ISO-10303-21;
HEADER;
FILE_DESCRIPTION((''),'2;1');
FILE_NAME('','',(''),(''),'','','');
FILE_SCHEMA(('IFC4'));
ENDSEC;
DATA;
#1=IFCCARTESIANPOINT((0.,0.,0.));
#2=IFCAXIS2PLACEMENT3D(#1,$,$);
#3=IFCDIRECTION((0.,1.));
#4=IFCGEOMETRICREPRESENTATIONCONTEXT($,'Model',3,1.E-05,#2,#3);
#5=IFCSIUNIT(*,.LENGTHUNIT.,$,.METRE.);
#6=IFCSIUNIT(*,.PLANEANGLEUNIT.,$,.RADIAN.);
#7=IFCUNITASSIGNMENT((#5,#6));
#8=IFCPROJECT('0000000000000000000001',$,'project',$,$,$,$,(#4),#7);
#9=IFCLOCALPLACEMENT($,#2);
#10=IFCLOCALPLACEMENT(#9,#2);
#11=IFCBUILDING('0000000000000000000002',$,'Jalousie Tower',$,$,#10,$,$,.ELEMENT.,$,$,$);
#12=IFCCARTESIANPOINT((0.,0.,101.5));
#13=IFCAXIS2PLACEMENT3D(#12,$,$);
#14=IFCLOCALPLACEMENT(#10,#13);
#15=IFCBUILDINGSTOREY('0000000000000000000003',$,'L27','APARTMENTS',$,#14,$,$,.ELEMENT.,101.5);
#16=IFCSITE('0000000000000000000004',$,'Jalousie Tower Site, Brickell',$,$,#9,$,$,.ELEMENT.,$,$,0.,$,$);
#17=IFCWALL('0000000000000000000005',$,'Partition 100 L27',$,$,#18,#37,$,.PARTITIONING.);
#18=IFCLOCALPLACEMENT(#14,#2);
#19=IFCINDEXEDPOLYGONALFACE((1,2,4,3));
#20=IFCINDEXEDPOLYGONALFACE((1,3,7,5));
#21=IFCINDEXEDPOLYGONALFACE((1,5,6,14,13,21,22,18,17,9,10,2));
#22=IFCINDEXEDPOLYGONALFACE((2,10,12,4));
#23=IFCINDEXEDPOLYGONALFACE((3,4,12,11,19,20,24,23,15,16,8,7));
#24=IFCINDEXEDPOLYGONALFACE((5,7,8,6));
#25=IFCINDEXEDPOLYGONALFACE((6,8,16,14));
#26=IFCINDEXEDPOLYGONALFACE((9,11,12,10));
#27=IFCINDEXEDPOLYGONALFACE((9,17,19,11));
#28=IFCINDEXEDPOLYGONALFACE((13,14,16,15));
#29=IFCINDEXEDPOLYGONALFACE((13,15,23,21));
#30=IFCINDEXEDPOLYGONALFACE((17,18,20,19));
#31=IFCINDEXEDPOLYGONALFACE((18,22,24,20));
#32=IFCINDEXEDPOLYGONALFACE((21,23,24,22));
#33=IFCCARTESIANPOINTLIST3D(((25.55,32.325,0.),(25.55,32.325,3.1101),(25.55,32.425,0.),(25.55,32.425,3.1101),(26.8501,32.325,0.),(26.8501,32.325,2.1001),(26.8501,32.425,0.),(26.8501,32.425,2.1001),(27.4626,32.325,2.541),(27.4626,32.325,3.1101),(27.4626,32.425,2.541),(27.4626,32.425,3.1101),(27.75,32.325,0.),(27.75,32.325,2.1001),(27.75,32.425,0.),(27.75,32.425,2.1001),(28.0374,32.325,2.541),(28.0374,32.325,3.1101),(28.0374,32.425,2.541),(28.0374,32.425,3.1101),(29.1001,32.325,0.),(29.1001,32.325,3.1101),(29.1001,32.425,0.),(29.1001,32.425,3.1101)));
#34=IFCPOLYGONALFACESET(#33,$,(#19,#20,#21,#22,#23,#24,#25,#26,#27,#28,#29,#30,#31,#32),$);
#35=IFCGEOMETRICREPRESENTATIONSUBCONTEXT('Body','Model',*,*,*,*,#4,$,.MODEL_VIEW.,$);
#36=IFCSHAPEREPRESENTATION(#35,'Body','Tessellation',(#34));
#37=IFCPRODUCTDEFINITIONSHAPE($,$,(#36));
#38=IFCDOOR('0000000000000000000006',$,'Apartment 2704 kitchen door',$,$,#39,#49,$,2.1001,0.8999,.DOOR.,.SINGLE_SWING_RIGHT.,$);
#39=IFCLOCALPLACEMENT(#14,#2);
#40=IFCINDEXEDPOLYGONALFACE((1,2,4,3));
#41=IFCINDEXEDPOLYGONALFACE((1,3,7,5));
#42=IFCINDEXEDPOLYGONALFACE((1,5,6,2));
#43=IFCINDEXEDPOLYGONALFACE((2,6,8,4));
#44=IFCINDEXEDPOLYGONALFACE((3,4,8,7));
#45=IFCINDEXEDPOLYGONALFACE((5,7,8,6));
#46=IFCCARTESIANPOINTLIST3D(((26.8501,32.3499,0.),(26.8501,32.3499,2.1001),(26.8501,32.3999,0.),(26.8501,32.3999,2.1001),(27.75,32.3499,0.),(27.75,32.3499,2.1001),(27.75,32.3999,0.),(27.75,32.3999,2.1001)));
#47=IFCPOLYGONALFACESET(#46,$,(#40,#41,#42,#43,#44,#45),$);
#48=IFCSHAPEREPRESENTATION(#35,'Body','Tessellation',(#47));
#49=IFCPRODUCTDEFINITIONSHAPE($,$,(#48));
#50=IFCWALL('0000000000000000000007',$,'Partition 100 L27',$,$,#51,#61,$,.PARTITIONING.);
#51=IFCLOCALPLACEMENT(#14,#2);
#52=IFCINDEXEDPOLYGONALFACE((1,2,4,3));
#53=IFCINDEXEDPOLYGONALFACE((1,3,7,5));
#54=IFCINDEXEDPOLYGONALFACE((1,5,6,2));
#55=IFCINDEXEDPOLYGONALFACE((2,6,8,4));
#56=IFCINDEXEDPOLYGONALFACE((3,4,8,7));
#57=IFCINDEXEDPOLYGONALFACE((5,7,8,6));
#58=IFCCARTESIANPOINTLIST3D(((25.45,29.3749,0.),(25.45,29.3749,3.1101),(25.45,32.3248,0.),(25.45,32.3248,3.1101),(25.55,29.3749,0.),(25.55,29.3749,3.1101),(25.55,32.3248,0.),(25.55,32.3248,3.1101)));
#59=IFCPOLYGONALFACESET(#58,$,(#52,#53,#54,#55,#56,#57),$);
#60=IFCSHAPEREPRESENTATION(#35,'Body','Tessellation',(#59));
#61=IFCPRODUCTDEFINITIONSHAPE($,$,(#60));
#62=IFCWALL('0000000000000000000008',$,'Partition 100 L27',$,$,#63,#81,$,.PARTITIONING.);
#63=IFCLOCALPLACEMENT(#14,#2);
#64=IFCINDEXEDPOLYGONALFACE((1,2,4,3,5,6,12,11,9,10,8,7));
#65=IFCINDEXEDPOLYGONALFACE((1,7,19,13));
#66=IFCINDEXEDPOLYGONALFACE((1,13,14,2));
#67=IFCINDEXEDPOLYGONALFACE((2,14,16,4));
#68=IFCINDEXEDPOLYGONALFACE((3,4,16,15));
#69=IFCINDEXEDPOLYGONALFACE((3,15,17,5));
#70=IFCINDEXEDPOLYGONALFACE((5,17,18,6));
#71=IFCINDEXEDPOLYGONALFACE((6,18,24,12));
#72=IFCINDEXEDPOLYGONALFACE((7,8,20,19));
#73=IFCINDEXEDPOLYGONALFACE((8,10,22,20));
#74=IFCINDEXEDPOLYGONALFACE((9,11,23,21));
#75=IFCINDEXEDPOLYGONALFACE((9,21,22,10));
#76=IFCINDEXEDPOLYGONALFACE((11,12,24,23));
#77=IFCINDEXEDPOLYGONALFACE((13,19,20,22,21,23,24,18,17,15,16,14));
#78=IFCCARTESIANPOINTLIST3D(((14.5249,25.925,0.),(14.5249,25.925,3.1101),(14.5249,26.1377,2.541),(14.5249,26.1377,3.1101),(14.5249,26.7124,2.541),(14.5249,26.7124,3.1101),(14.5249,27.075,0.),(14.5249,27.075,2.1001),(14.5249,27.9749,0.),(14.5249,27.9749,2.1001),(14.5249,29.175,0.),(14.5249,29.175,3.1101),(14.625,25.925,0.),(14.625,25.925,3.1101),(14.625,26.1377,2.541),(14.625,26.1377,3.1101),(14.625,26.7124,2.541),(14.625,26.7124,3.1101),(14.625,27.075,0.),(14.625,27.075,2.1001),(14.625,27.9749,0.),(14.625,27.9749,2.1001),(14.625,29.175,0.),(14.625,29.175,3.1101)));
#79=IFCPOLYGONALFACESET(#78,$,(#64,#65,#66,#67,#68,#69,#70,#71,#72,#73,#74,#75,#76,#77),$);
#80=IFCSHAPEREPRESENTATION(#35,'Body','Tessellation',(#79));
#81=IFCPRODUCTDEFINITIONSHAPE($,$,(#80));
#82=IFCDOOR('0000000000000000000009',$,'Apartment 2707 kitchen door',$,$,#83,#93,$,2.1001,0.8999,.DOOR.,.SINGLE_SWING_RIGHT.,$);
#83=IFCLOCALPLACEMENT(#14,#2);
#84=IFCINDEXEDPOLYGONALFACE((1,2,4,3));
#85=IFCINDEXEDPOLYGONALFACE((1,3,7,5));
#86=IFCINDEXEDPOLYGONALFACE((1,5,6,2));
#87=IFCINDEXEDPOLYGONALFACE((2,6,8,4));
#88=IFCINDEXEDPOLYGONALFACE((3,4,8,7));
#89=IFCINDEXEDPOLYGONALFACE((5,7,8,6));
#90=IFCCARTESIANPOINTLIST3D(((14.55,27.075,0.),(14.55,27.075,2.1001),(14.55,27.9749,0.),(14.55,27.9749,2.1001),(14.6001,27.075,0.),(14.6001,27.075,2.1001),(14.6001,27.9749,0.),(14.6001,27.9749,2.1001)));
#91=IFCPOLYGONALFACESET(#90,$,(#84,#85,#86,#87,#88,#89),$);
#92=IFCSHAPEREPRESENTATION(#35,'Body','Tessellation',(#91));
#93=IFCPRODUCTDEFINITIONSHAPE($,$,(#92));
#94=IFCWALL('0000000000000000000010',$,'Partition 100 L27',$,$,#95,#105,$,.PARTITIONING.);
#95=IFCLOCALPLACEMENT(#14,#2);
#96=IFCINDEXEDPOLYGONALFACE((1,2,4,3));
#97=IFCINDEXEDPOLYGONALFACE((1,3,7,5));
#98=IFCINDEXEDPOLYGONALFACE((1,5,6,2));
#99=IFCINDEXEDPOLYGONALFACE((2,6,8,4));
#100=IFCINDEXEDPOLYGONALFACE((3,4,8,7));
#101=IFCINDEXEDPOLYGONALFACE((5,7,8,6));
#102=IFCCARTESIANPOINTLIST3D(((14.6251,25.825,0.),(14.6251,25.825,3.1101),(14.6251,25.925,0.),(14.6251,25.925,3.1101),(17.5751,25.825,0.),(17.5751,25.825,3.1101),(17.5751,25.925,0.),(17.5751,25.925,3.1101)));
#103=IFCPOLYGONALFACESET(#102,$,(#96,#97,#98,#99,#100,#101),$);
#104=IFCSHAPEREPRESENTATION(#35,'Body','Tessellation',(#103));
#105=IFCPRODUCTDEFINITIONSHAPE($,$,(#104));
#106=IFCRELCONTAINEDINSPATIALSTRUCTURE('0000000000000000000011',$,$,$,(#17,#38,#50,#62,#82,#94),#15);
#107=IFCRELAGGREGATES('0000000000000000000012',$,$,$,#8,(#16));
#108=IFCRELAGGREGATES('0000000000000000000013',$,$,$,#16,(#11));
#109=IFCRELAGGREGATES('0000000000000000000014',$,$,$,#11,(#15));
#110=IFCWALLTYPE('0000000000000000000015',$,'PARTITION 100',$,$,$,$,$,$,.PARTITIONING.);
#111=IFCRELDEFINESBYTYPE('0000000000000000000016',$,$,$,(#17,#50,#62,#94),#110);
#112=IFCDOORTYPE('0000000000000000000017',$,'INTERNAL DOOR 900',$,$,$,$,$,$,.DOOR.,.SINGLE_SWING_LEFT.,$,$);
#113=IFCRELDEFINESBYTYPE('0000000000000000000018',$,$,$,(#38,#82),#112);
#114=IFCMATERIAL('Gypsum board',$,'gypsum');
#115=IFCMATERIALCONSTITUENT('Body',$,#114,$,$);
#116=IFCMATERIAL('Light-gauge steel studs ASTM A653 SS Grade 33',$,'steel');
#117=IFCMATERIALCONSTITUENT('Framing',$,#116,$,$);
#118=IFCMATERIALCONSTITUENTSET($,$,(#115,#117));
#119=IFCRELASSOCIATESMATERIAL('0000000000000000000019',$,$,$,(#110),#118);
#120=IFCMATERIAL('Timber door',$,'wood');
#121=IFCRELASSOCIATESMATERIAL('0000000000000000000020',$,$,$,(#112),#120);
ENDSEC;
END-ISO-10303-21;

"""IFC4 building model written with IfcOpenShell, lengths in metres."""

from ifc_helpers import new_model, si_unit, direction, frame, frame_2d, origin, place, context, subcontext, project, spatial, polyline, rectangle, outline, extrude, material, constituent, constituent_set, type_object, element, fill, save


model = new_model("IFC4")

# Units and contexts
model_context = context("Model", 3, precision=1e-05, world=origin(), true_north=direction((0.0, 1.0)))
body_context = subcontext(model_context, "Body", "Model", "MODEL_VIEW")
ifc_project = project(units=[si_unit("LENGTHUNIT", "METRE"), si_unit("PLANEANGLEUNIT", "RADIAN")], contexts=[model_context])

# Site, building, storey
site_placement = place(None, origin())
site = spatial("IfcSite", under=ifc_project, at=site_placement, Name="Jalousie Tower Site, Brickell", CompositionType="ELEMENT", RefElevation=0.0)
building_placement = place(site_placement, origin())
building = spatial("IfcBuilding", under=site, at=building_placement, Name="Jalousie Tower", CompositionType="ELEMENT")
storey_placement = place(building_placement, frame((0.0, 0.0, 101.5)))
storey = spatial("IfcBuildingStorey", under=building, at=storey_placement, Name="L27", Description="APARTMENTS", CompositionType="ELEMENT", Elevation=101.5)

# Wall, opening, door
ifc_material_1 = material(Name="Gypsum board", Category="gypsum")
ifc_constituent_1 = constituent(ifc_material_1, Name="Body")
ifc_material_2 = material(Name="Light-gauge steel studs ASTM A653 SS Grade 33", Category="steel")
ifc_constituent_2 = constituent(ifc_material_2, Name="Framing")
ifc_constituent_set_1 = constituent_set(constituents=[ifc_constituent_1, ifc_constituent_2])
wall_type_1 = type_object("IfcWallType", Name="PARTITION 100", PredefinedType="PARTITIONING", material=ifc_constituent_set_1)
wall_1_placement = place(storey_placement, frame((25.55, 32.375, 0.0), z_axis=(0.0, 0.0, 1.0), x_axis=(1.0, 0.0, 0.0)))
wall_1 = element("IfcWall", 1, at=wall_1_placement, inside=storey, type_object=wall_type_1, Name="Partition 100 L27", PredefinedType="PARTITIONING", context=body_context, shape_type="SweptSolid", body=[
    extrude(outline(polyline([(0.0, 0.0), (3.55, 0.0), (3.55, 3.1101), (2.4873, 3.1101), (2.4873, 2.541), (1.9126, 2.541), (1.9126, 3.1101), (0.0, 3.1101), (0.0, 0.0)])), frame((0.0, 0.05, 0.0), z_axis=(0.0, -1.0, 0.0), x_axis=(1.0, 0.0, 0.0)), (0.0, 0.0, 1.0), 0.1001),
])
opening_1_placement = place(wall_1_placement, frame((1.3, 0.0, 0.0)))
opening_1 = element("IfcOpeningElement", 2, at=opening_1_placement, cuts=wall_1, PredefinedType="OPENING", context=body_context, shape_type="SweptSolid", body=[
    extrude(rectangle(XDim=0.8999, YDim=2.1001, at=frame_2d((0.45, 1.05))), frame((0.0, 0.0601, 0.0), z_axis=(0.0, -1.0, 0.0), x_axis=(1.0, 0.0, 0.0)), (0.0, 0.0, 1.0), 0.1201),
])
ifc_material_3 = material(Name="Timber door", Category="wood")
door_type_1 = type_object("IfcDoorType", Name="INTERNAL DOOR 900", OperationType="SINGLE_SWING_LEFT", PredefinedType="DOOR", material=ifc_material_3)
door_1_placement = place(opening_1_placement, origin())
door_1 = element("IfcDoor", 3, at=door_1_placement, inside=storey, type_object=door_type_1, Name="Apartment 2704 kitchen door", OperationType="SINGLE_SWING_RIGHT", OverallHeight=2.1001, OverallWidth=0.8999, PredefinedType="DOOR", context=body_context, shape_type="SweptSolid", body=[
    extrude(rectangle(XDim=0.8999, YDim=2.1001, at=frame_2d((0.45, 1.05))), frame((0.0, 0.0249, 0.0), z_axis=(0.0, -1.0, 0.0), x_axis=(1.0, 0.0, 0.0)), (0.0, 0.0, 1.0), 0.05),
])
fill(opening_1, door_1)

# Wall
wall_2_placement = place(storey_placement, frame((25.5, 32.325, 0.0), z_axis=(0.0, 0.0, 1.0), x_axis=(0.0, -1.0, 0.0)))
element("IfcWall", 4, at=wall_2_placement, inside=storey, type_object=wall_type_1, Name="Partition 100 L27", PredefinedType="PARTITIONING", context=body_context, shape_type="SweptSolid", body=[
    extrude(rectangle(XDim=2.95, YDim=0.1001, at=frame_2d((1.4751, 0.0))), origin(), (0.0, 0.0, 1.0), 3.1101),
])

# Wall, opening, door
wall_3_placement = place(storey_placement, frame((14.575, 25.925, 0.0), z_axis=(0.0, 0.0, 1.0), x_axis=(0.0, 1.0, 0.0)))
wall_3 = element("IfcWall", 5, at=wall_3_placement, inside=storey, type_object=wall_type_1, Name="Partition 100 L27", PredefinedType="PARTITIONING", context=body_context, shape_type="SweptSolid", body=[
    extrude(outline(polyline([(0.0, 0.0), (3.25, 0.0), (3.25, 3.1101), (0.7874, 3.1101), (0.7874, 2.541), (0.2126, 2.541), (0.2126, 3.1101), (0.0, 3.1101), (0.0, 0.0)])), frame((0.0, 0.05, 0.0), z_axis=(0.0, -1.0, 0.0), x_axis=(1.0, 0.0, 0.0)), (0.0, 0.0, 1.0), 0.1001),
])
opening_2_placement = place(wall_3_placement, frame((1.1499, 0.0, 0.0)))
opening_2 = element("IfcOpeningElement", 6, at=opening_2_placement, cuts=wall_3, PredefinedType="OPENING", context=body_context, shape_type="SweptSolid", body=[
    extrude(rectangle(XDim=0.8999, YDim=2.1001, at=frame_2d((0.45, 1.05))), frame((0.0, 0.0601, 0.0), z_axis=(0.0, -1.0, 0.0), x_axis=(1.0, 0.0, 0.0)), (0.0, 0.0, 1.0), 0.1201),
])
door_2_placement = place(opening_2_placement, origin())
door_2 = element("IfcDoor", 7, at=door_2_placement, inside=storey, type_object=door_type_1, Name="Apartment 2707 kitchen door", OperationType="SINGLE_SWING_RIGHT", OverallHeight=2.1001, OverallWidth=0.8999, PredefinedType="DOOR", context=body_context, shape_type="SweptSolid", body=[
    extrude(rectangle(XDim=0.8999, YDim=2.1001, at=frame_2d((0.45, 1.05))), frame((0.0, 0.0249, 0.0), z_axis=(0.0, -1.0, 0.0), x_axis=(1.0, 0.0, 0.0)), (0.0, 0.0, 1.0), 0.05),
])
fill(opening_2, door_2)

# Wall
wall_4_placement = place(storey_placement, frame((14.625, 25.875, 0.0), z_axis=(0.0, 0.0, 1.0), x_axis=(1.0, 0.0, 0.0)))
element("IfcWall", 8, at=wall_4_placement, inside=storey, type_object=wall_type_1, Name="Partition 100 L27", PredefinedType="PARTITIONING", context=body_context, shape_type="SweptSolid", body=[
    extrude(rectangle(XDim=2.95, YDim=0.1001, at=frame_2d((1.4751, 0.0))), origin(), (0.0, 0.0, 1.0), 3.1101),
])

save(model, "model.ifc")
